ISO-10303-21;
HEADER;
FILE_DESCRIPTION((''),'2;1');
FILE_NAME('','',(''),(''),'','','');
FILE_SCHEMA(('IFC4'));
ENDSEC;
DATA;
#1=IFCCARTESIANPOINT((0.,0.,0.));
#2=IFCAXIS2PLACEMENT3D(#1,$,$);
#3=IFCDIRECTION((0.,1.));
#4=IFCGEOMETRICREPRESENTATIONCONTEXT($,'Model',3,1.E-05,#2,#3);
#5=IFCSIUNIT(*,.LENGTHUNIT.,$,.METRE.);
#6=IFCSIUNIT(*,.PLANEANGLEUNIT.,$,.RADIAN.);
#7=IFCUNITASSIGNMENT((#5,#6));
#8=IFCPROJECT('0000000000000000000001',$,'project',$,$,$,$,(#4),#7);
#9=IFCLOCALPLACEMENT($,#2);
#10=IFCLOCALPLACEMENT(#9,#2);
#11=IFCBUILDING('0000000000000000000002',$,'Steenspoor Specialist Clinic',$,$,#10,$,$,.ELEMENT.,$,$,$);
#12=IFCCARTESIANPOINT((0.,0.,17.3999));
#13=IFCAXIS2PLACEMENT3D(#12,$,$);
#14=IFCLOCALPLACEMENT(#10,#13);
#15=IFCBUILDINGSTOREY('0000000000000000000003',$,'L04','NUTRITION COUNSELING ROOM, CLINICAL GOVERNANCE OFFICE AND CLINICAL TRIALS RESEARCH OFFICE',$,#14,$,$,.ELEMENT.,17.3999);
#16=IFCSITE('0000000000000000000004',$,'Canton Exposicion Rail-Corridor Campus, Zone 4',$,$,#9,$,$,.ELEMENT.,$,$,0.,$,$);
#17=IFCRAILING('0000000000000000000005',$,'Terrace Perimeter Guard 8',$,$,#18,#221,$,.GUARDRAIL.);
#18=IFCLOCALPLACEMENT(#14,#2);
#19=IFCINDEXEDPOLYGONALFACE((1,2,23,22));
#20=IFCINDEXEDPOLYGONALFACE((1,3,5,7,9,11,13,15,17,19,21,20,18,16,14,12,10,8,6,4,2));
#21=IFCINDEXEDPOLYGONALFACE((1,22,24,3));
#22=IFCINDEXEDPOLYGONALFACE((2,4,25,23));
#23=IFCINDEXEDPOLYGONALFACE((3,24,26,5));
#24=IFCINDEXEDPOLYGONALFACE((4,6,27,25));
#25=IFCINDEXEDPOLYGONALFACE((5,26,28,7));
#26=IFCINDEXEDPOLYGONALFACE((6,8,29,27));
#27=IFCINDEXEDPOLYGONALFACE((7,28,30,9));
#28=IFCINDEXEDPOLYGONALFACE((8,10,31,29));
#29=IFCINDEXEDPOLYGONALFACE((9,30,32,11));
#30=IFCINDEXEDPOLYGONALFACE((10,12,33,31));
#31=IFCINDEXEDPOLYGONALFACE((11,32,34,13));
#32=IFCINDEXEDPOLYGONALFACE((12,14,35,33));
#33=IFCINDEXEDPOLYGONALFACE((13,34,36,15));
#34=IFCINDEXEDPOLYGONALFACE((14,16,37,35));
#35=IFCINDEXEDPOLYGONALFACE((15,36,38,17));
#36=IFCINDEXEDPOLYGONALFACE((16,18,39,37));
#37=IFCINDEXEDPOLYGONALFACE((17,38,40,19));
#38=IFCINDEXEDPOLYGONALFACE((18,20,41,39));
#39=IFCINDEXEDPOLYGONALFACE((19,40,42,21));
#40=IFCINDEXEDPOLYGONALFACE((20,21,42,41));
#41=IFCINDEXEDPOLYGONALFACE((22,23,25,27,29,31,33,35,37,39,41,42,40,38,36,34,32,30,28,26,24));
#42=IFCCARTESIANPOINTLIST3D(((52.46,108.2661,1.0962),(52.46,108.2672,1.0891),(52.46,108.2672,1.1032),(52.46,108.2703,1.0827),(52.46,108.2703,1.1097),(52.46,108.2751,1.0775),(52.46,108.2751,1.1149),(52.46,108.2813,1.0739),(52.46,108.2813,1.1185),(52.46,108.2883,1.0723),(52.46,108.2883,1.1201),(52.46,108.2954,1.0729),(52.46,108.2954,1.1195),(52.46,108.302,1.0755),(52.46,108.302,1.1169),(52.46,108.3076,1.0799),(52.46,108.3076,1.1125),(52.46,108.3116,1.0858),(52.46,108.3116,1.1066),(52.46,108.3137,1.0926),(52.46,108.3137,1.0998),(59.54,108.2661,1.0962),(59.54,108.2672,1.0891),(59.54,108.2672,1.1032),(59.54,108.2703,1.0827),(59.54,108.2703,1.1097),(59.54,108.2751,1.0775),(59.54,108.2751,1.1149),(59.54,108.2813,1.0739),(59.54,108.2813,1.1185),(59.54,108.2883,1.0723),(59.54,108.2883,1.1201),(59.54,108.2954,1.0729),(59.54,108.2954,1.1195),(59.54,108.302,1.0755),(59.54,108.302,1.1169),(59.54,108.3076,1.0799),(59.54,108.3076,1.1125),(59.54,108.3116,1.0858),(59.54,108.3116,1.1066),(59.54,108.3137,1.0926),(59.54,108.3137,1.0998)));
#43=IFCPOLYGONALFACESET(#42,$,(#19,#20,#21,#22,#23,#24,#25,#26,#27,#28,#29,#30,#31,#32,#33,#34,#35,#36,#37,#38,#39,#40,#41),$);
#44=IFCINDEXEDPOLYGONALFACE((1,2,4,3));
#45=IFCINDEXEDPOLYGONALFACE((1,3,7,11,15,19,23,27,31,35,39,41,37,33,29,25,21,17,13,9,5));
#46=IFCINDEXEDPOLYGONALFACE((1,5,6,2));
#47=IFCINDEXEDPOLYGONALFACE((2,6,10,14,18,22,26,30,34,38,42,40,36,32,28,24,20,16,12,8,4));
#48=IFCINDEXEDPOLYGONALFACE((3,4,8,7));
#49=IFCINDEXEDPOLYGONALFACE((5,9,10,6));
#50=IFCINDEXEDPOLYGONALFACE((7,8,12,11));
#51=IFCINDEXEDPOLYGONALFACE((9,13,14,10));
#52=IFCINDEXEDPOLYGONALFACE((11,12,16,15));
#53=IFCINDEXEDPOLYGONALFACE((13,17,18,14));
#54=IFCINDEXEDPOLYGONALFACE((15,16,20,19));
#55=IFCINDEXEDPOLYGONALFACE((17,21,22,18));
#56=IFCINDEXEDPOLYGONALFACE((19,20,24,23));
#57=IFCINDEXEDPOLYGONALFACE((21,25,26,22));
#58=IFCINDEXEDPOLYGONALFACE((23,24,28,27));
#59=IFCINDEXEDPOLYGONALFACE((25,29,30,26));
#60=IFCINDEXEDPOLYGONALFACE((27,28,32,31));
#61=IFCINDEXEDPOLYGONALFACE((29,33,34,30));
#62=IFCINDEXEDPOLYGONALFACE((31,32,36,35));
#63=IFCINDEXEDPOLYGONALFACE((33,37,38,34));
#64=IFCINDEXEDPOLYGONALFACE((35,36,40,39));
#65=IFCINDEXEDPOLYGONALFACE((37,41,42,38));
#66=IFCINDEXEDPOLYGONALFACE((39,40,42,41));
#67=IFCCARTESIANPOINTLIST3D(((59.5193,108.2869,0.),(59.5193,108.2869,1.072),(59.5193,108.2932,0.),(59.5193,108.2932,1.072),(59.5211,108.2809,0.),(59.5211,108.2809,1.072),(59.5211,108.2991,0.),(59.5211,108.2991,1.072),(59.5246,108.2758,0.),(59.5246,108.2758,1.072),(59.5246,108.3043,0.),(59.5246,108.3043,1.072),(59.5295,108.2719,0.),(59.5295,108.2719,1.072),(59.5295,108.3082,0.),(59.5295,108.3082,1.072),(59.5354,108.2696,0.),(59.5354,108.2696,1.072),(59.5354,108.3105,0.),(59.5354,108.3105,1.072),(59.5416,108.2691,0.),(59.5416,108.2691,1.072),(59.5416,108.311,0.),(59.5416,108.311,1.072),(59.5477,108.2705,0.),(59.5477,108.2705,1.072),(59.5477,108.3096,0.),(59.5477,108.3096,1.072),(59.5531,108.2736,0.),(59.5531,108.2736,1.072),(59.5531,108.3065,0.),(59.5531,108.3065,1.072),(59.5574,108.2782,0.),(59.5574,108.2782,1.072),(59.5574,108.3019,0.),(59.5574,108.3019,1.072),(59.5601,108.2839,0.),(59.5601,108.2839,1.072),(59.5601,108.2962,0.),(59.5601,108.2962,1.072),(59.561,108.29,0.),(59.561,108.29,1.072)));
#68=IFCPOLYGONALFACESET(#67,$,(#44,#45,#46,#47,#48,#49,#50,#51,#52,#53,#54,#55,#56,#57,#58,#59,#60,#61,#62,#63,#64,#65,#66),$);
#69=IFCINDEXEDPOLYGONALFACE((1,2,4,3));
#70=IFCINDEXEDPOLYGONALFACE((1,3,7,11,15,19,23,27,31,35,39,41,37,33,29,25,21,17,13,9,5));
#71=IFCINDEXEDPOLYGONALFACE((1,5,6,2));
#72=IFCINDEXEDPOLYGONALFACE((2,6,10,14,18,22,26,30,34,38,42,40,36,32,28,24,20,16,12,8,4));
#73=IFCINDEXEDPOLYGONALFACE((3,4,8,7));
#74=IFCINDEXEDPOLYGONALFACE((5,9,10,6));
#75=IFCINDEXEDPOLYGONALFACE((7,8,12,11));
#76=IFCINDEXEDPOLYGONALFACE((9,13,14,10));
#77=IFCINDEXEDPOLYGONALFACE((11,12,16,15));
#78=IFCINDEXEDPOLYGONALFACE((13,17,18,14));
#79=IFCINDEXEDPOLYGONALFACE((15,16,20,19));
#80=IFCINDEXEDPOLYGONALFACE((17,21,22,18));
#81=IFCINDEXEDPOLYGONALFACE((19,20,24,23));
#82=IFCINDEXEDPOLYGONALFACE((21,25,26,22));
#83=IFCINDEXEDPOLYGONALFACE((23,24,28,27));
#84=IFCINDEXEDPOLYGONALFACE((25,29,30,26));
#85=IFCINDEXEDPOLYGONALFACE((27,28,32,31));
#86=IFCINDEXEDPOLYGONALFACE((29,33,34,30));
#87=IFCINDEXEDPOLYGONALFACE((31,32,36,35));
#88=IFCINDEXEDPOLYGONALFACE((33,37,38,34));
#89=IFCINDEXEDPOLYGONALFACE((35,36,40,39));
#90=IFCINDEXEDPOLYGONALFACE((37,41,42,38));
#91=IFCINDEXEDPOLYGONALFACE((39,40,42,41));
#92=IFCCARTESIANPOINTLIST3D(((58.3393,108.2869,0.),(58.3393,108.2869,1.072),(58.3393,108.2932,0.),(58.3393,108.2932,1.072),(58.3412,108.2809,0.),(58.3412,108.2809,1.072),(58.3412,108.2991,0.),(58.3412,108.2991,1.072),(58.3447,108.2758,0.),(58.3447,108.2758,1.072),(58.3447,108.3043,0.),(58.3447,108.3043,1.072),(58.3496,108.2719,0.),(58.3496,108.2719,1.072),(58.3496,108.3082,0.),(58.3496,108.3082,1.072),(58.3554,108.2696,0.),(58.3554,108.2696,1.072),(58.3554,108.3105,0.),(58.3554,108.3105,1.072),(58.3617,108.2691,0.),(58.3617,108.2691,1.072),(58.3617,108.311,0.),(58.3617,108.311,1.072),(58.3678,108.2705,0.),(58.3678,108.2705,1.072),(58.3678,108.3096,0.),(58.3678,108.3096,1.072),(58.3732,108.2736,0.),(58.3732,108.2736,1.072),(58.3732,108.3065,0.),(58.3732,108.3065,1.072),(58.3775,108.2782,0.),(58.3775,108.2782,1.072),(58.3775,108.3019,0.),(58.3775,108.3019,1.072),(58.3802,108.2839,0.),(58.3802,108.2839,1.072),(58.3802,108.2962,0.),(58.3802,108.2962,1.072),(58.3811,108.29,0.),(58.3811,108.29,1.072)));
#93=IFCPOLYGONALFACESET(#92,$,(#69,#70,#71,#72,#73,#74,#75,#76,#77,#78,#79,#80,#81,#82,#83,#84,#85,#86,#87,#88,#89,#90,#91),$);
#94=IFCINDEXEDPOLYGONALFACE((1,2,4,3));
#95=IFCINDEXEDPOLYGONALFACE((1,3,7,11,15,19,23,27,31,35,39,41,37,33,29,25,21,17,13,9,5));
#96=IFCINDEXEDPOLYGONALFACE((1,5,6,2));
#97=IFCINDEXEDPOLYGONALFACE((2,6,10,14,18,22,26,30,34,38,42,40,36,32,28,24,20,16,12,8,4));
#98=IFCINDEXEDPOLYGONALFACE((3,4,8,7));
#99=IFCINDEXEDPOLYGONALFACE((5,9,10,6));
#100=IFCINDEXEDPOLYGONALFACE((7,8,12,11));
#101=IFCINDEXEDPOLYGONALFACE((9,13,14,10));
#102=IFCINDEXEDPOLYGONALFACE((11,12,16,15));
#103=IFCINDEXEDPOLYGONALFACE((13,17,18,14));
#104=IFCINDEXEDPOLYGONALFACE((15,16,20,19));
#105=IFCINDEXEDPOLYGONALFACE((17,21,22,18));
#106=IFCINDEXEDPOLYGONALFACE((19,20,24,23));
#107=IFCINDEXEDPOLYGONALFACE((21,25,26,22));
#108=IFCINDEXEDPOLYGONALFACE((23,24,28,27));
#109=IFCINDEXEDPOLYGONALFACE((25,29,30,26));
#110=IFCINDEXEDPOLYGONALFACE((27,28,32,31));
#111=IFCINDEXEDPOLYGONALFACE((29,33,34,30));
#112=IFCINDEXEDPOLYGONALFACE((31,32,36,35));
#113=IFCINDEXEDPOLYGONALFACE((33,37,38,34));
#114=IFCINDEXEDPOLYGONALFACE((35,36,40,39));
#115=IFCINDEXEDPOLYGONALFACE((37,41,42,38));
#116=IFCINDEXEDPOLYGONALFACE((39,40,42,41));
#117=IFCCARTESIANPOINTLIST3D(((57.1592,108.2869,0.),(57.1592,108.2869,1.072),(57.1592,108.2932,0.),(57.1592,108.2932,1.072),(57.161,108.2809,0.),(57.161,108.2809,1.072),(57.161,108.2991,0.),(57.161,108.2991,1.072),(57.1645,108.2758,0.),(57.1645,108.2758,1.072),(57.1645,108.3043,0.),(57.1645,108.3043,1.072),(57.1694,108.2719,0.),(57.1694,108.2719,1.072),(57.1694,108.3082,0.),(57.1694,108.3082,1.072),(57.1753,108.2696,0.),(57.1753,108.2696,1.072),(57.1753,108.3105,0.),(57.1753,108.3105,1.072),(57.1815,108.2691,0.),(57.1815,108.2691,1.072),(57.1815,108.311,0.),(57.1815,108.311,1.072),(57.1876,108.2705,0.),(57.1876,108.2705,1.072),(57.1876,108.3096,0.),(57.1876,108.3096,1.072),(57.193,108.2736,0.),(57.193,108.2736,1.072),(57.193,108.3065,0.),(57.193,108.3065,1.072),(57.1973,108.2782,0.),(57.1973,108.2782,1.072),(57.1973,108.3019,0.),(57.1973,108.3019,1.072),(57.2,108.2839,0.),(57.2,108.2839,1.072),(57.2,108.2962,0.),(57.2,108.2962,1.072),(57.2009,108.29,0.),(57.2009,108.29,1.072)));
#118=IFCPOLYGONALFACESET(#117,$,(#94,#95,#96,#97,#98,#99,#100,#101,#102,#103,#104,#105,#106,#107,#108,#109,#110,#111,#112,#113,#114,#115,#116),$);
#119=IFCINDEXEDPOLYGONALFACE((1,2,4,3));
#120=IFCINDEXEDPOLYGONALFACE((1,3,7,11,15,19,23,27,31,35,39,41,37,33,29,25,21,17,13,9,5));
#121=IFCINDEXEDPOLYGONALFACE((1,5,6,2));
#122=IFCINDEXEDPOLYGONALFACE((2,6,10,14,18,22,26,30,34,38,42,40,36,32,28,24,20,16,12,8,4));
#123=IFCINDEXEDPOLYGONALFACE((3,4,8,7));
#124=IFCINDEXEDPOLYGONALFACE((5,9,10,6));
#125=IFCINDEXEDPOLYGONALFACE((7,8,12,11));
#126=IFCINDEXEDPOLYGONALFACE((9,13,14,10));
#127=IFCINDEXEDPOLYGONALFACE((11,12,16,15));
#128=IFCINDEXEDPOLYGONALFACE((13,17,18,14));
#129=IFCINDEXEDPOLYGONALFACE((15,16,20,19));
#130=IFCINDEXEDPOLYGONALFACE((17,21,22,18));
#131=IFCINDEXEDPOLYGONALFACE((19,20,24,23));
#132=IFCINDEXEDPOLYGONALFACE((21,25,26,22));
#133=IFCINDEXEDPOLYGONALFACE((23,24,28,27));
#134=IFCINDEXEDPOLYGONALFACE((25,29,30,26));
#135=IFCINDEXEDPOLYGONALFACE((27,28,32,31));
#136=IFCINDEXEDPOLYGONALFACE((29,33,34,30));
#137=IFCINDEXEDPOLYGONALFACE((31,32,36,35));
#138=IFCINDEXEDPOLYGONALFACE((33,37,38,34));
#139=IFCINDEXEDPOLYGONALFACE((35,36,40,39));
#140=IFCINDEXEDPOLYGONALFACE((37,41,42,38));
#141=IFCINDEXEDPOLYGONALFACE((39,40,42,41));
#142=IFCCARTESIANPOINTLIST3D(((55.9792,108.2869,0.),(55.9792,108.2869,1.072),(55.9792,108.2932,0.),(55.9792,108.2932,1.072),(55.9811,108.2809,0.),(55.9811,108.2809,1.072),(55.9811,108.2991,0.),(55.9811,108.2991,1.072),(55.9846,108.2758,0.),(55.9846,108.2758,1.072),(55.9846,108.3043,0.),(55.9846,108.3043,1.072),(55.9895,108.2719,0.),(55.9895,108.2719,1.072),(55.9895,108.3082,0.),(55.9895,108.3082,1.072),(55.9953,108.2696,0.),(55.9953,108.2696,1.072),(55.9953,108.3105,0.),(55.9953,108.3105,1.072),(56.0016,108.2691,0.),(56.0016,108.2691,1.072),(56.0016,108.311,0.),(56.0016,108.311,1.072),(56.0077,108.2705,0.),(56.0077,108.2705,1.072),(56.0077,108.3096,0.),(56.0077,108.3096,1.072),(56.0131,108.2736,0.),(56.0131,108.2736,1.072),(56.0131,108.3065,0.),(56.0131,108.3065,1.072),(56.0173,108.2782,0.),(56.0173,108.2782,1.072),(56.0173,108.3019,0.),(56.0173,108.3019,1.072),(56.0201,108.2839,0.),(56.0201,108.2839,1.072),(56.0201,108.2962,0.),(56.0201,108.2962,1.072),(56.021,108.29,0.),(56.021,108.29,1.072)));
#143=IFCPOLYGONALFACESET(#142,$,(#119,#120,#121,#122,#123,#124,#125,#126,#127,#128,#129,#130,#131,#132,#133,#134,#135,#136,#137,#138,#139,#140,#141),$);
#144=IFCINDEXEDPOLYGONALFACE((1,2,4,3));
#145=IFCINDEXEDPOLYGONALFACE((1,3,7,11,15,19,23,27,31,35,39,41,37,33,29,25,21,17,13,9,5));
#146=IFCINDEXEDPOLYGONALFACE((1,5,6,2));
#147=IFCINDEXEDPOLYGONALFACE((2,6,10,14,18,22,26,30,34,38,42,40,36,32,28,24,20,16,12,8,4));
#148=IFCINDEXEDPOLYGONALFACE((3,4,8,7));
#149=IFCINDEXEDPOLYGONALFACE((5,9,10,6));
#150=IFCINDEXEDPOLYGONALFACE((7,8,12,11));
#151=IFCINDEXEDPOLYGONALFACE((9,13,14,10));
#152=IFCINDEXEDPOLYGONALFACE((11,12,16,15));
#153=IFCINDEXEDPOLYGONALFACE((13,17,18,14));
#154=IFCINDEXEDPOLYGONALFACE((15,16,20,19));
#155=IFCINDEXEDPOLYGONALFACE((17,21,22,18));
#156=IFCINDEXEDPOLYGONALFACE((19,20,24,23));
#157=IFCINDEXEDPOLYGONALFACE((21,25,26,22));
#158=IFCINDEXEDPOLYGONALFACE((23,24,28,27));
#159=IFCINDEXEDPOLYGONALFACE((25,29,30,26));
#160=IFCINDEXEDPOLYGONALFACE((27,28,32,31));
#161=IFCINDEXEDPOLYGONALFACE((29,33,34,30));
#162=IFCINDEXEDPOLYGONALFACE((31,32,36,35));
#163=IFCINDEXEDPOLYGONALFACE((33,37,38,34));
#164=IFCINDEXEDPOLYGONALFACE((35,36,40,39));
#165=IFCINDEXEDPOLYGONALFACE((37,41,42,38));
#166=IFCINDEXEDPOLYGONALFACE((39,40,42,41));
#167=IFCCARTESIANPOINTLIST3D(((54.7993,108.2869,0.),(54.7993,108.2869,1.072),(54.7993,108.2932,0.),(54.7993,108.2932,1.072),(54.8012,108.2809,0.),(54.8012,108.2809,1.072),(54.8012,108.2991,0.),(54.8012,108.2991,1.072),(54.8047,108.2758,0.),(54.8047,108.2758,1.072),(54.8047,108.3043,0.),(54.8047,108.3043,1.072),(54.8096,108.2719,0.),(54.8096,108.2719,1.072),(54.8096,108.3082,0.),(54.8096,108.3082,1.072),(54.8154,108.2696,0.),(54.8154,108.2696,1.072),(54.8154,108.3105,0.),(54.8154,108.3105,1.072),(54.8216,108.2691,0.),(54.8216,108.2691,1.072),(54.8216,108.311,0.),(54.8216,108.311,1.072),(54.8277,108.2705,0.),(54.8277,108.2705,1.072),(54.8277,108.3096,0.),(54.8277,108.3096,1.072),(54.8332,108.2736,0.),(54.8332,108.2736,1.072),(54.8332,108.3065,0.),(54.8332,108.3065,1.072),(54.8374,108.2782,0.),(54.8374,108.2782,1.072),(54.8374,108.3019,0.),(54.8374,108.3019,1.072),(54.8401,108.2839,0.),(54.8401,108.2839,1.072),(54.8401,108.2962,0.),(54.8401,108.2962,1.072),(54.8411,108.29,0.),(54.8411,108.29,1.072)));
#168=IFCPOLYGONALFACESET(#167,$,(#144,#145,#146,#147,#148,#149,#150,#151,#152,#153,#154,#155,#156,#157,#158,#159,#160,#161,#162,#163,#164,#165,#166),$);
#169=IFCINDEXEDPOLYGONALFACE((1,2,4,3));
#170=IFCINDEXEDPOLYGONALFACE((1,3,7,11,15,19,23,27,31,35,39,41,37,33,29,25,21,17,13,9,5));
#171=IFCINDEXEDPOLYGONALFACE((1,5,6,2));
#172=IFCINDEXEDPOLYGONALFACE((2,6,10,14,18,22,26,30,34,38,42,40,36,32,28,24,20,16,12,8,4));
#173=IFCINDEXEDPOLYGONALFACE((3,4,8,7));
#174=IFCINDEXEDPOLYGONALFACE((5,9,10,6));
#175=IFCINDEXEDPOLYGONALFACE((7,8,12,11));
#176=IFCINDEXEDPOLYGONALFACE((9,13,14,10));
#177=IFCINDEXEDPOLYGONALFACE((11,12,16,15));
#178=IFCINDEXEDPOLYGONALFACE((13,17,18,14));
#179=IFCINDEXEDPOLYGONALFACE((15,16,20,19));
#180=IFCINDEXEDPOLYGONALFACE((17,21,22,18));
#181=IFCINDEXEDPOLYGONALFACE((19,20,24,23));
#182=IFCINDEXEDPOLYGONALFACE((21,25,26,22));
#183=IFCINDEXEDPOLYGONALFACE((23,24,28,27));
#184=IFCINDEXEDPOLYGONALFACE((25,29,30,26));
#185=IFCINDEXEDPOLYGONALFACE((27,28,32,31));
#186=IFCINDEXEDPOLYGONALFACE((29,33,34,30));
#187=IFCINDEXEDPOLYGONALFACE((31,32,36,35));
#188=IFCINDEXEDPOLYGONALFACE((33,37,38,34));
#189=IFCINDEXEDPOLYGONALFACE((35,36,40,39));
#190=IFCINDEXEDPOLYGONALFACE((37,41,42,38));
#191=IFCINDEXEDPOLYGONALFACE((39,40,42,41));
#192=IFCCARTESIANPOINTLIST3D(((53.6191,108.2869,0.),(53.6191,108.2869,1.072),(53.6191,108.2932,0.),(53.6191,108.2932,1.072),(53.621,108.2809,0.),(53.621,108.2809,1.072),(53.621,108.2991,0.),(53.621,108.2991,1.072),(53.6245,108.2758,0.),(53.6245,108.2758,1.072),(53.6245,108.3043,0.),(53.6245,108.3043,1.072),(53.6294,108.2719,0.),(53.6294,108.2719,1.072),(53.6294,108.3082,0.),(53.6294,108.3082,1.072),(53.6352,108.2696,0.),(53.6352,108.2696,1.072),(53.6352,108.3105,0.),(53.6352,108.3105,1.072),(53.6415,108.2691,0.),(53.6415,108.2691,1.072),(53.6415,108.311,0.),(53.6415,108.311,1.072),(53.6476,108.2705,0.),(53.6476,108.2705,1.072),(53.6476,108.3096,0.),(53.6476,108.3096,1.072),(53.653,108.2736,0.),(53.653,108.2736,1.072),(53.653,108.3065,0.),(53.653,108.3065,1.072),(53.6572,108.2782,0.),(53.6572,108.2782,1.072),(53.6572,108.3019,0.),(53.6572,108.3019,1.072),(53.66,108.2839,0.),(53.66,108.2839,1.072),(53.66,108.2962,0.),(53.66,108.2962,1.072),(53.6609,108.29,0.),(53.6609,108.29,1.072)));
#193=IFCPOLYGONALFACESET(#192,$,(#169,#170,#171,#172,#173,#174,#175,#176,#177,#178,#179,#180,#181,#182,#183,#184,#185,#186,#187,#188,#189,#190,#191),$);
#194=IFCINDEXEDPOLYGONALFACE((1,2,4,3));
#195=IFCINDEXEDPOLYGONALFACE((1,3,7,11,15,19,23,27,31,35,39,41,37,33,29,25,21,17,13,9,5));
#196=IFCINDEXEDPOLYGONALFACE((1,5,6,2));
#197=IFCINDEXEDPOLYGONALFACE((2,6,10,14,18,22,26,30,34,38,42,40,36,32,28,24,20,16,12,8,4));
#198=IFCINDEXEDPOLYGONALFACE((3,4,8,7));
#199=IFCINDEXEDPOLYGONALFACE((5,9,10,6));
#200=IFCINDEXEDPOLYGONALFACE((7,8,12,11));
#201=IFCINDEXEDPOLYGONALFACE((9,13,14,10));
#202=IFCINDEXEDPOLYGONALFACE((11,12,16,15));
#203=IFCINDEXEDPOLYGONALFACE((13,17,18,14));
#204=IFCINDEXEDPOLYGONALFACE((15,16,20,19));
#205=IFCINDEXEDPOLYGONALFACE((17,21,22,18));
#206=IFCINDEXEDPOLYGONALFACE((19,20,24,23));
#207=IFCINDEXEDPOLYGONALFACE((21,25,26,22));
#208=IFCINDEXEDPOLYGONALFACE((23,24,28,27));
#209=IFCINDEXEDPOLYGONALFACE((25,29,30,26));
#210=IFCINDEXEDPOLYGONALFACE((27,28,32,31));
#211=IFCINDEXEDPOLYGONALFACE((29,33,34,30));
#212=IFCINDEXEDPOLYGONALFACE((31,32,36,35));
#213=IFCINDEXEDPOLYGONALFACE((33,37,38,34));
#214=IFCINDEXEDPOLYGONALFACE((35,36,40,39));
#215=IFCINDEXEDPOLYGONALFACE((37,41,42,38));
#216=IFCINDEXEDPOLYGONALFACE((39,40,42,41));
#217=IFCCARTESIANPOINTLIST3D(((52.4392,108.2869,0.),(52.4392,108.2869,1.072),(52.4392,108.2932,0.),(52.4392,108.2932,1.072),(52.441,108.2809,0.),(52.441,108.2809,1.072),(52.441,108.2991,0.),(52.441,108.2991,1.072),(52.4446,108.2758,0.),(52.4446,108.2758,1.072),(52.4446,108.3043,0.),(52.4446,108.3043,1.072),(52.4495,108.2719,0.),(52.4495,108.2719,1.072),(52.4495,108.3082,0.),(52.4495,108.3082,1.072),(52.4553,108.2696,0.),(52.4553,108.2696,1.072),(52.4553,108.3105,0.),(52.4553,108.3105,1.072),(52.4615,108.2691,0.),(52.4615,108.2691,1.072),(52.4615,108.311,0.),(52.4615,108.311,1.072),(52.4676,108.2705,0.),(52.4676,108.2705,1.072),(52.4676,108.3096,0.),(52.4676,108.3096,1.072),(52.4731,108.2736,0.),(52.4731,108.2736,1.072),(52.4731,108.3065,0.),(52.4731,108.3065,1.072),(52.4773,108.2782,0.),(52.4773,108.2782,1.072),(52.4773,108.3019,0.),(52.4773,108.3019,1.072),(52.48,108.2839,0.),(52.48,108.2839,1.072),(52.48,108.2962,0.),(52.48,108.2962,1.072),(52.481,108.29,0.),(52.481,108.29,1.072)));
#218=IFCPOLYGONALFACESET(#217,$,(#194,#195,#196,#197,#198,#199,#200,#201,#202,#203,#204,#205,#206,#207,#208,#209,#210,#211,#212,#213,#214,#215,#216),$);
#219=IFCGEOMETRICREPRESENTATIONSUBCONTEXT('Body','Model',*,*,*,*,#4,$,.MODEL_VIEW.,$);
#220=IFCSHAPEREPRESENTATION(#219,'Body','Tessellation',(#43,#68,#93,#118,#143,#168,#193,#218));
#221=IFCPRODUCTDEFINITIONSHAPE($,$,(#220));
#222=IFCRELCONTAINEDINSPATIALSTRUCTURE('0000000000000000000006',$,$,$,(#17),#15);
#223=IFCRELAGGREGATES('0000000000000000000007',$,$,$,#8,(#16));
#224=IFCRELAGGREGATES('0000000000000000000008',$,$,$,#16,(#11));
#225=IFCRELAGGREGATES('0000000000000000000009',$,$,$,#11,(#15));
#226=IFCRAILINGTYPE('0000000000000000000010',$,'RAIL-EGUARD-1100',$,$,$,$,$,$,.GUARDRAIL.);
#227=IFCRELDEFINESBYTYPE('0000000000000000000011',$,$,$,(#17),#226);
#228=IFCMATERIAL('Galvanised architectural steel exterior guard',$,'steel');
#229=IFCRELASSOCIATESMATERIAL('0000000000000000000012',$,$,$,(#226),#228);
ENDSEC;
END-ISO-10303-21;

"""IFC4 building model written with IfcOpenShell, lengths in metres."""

from ifc_helpers import new_model, si_unit, direction, frame, origin, origin_2d, place, context, subcontext, project, spatial, circle, extrude, material, type_object, element, save


model = new_model("IFC4")

# Units and contexts
model_context = context("Model", 3, precision=1e-05, world=origin(), true_north=direction((0.0, 1.0)))
body_context = subcontext(model_context, "Body", "Model", "MODEL_VIEW")
ifc_project = project(units=[si_unit("LENGTHUNIT", "METRE"), si_unit("PLANEANGLEUNIT", "RADIAN")], contexts=[model_context])

# Site, building, storey
site_placement = place(None, origin())
site = spatial("IfcSite", under=ifc_project, at=site_placement, Name="Canton Exposicion Rail-Corridor Campus, Zone 4", CompositionType="ELEMENT", RefElevation=0.0)
building_placement = place(site_placement, origin())
building = spatial("IfcBuilding", under=site, at=building_placement, Name="Steenspoor Specialist Clinic", CompositionType="ELEMENT")
storey_placement = place(building_placement, frame((0.0, 0.0, 17.3999)))
storey = spatial("IfcBuildingStorey", under=building, at=storey_placement, Name="L04", Description="NUTRITION COUNSELING ROOM, CLINICAL GOVERNANCE OFFICE AND CLINICAL TRIALS RESEARCH OFFICE", CompositionType="ELEMENT", Elevation=17.3999)

# Railing
ifc_material_1 = material(Name="Galvanised architectural steel exterior guard", Category="steel")
railing_type_1 = type_object("IfcRailingType", Name="RAIL-EGUARD-1100", PredefinedType="GUARDRAIL", material=ifc_material_1)
railing_1_placement = place(storey_placement, frame((59.54, 108.29, 0.0)))
element("IfcRailing", 1, at=railing_1_placement, inside=storey, type_object=railing_type_1, Name="Terrace Perimeter Guard 8", PredefinedType="GUARDRAIL", context=body_context, shape_type="SweptSolid", body=[
    extrude(circle(Radius=0.0239, at=origin_2d()), frame((0.0, 0.0, 1.0962), z_axis=(-1.0, 0.0, 0.0), x_axis=(0.0, -1.0, 0.0)), (0.0, 0.0, 1.0), 7.0801),
    extrude(circle(Radius=0.021, at=origin_2d()), origin(), (0.0, 0.0, 1.0), 1.072),
    extrude(circle(Radius=0.021, at=origin_2d()), frame((-1.1799, 0.0, 0.0)), (0.0, 0.0, 1.0), 1.072),
    extrude(circle(Radius=0.021, at=origin_2d()), frame((-2.3601, 0.0, 0.0)), (0.0, 0.0, 1.0), 1.072),
    extrude(circle(Radius=0.021, at=origin_2d()), frame((-3.54, 0.0, 0.0)), (0.0, 0.0, 1.0), 1.072),
    extrude(circle(Radius=0.021, at=origin_2d()), frame((-4.72, 0.0, 0.0)), (0.0, 0.0, 1.0), 1.072),
    extrude(circle(Radius=0.021, at=origin_2d()), frame((-5.9001, 0.0, 0.0)), (0.0, 0.0, 1.0), 1.072),
    extrude(circle(Radius=0.021, at=origin_2d()), frame((-7.0801, 0.0, 0.0)), (0.0, 0.0, 1.0), 1.072),
])

save(model, "model.ifc")
